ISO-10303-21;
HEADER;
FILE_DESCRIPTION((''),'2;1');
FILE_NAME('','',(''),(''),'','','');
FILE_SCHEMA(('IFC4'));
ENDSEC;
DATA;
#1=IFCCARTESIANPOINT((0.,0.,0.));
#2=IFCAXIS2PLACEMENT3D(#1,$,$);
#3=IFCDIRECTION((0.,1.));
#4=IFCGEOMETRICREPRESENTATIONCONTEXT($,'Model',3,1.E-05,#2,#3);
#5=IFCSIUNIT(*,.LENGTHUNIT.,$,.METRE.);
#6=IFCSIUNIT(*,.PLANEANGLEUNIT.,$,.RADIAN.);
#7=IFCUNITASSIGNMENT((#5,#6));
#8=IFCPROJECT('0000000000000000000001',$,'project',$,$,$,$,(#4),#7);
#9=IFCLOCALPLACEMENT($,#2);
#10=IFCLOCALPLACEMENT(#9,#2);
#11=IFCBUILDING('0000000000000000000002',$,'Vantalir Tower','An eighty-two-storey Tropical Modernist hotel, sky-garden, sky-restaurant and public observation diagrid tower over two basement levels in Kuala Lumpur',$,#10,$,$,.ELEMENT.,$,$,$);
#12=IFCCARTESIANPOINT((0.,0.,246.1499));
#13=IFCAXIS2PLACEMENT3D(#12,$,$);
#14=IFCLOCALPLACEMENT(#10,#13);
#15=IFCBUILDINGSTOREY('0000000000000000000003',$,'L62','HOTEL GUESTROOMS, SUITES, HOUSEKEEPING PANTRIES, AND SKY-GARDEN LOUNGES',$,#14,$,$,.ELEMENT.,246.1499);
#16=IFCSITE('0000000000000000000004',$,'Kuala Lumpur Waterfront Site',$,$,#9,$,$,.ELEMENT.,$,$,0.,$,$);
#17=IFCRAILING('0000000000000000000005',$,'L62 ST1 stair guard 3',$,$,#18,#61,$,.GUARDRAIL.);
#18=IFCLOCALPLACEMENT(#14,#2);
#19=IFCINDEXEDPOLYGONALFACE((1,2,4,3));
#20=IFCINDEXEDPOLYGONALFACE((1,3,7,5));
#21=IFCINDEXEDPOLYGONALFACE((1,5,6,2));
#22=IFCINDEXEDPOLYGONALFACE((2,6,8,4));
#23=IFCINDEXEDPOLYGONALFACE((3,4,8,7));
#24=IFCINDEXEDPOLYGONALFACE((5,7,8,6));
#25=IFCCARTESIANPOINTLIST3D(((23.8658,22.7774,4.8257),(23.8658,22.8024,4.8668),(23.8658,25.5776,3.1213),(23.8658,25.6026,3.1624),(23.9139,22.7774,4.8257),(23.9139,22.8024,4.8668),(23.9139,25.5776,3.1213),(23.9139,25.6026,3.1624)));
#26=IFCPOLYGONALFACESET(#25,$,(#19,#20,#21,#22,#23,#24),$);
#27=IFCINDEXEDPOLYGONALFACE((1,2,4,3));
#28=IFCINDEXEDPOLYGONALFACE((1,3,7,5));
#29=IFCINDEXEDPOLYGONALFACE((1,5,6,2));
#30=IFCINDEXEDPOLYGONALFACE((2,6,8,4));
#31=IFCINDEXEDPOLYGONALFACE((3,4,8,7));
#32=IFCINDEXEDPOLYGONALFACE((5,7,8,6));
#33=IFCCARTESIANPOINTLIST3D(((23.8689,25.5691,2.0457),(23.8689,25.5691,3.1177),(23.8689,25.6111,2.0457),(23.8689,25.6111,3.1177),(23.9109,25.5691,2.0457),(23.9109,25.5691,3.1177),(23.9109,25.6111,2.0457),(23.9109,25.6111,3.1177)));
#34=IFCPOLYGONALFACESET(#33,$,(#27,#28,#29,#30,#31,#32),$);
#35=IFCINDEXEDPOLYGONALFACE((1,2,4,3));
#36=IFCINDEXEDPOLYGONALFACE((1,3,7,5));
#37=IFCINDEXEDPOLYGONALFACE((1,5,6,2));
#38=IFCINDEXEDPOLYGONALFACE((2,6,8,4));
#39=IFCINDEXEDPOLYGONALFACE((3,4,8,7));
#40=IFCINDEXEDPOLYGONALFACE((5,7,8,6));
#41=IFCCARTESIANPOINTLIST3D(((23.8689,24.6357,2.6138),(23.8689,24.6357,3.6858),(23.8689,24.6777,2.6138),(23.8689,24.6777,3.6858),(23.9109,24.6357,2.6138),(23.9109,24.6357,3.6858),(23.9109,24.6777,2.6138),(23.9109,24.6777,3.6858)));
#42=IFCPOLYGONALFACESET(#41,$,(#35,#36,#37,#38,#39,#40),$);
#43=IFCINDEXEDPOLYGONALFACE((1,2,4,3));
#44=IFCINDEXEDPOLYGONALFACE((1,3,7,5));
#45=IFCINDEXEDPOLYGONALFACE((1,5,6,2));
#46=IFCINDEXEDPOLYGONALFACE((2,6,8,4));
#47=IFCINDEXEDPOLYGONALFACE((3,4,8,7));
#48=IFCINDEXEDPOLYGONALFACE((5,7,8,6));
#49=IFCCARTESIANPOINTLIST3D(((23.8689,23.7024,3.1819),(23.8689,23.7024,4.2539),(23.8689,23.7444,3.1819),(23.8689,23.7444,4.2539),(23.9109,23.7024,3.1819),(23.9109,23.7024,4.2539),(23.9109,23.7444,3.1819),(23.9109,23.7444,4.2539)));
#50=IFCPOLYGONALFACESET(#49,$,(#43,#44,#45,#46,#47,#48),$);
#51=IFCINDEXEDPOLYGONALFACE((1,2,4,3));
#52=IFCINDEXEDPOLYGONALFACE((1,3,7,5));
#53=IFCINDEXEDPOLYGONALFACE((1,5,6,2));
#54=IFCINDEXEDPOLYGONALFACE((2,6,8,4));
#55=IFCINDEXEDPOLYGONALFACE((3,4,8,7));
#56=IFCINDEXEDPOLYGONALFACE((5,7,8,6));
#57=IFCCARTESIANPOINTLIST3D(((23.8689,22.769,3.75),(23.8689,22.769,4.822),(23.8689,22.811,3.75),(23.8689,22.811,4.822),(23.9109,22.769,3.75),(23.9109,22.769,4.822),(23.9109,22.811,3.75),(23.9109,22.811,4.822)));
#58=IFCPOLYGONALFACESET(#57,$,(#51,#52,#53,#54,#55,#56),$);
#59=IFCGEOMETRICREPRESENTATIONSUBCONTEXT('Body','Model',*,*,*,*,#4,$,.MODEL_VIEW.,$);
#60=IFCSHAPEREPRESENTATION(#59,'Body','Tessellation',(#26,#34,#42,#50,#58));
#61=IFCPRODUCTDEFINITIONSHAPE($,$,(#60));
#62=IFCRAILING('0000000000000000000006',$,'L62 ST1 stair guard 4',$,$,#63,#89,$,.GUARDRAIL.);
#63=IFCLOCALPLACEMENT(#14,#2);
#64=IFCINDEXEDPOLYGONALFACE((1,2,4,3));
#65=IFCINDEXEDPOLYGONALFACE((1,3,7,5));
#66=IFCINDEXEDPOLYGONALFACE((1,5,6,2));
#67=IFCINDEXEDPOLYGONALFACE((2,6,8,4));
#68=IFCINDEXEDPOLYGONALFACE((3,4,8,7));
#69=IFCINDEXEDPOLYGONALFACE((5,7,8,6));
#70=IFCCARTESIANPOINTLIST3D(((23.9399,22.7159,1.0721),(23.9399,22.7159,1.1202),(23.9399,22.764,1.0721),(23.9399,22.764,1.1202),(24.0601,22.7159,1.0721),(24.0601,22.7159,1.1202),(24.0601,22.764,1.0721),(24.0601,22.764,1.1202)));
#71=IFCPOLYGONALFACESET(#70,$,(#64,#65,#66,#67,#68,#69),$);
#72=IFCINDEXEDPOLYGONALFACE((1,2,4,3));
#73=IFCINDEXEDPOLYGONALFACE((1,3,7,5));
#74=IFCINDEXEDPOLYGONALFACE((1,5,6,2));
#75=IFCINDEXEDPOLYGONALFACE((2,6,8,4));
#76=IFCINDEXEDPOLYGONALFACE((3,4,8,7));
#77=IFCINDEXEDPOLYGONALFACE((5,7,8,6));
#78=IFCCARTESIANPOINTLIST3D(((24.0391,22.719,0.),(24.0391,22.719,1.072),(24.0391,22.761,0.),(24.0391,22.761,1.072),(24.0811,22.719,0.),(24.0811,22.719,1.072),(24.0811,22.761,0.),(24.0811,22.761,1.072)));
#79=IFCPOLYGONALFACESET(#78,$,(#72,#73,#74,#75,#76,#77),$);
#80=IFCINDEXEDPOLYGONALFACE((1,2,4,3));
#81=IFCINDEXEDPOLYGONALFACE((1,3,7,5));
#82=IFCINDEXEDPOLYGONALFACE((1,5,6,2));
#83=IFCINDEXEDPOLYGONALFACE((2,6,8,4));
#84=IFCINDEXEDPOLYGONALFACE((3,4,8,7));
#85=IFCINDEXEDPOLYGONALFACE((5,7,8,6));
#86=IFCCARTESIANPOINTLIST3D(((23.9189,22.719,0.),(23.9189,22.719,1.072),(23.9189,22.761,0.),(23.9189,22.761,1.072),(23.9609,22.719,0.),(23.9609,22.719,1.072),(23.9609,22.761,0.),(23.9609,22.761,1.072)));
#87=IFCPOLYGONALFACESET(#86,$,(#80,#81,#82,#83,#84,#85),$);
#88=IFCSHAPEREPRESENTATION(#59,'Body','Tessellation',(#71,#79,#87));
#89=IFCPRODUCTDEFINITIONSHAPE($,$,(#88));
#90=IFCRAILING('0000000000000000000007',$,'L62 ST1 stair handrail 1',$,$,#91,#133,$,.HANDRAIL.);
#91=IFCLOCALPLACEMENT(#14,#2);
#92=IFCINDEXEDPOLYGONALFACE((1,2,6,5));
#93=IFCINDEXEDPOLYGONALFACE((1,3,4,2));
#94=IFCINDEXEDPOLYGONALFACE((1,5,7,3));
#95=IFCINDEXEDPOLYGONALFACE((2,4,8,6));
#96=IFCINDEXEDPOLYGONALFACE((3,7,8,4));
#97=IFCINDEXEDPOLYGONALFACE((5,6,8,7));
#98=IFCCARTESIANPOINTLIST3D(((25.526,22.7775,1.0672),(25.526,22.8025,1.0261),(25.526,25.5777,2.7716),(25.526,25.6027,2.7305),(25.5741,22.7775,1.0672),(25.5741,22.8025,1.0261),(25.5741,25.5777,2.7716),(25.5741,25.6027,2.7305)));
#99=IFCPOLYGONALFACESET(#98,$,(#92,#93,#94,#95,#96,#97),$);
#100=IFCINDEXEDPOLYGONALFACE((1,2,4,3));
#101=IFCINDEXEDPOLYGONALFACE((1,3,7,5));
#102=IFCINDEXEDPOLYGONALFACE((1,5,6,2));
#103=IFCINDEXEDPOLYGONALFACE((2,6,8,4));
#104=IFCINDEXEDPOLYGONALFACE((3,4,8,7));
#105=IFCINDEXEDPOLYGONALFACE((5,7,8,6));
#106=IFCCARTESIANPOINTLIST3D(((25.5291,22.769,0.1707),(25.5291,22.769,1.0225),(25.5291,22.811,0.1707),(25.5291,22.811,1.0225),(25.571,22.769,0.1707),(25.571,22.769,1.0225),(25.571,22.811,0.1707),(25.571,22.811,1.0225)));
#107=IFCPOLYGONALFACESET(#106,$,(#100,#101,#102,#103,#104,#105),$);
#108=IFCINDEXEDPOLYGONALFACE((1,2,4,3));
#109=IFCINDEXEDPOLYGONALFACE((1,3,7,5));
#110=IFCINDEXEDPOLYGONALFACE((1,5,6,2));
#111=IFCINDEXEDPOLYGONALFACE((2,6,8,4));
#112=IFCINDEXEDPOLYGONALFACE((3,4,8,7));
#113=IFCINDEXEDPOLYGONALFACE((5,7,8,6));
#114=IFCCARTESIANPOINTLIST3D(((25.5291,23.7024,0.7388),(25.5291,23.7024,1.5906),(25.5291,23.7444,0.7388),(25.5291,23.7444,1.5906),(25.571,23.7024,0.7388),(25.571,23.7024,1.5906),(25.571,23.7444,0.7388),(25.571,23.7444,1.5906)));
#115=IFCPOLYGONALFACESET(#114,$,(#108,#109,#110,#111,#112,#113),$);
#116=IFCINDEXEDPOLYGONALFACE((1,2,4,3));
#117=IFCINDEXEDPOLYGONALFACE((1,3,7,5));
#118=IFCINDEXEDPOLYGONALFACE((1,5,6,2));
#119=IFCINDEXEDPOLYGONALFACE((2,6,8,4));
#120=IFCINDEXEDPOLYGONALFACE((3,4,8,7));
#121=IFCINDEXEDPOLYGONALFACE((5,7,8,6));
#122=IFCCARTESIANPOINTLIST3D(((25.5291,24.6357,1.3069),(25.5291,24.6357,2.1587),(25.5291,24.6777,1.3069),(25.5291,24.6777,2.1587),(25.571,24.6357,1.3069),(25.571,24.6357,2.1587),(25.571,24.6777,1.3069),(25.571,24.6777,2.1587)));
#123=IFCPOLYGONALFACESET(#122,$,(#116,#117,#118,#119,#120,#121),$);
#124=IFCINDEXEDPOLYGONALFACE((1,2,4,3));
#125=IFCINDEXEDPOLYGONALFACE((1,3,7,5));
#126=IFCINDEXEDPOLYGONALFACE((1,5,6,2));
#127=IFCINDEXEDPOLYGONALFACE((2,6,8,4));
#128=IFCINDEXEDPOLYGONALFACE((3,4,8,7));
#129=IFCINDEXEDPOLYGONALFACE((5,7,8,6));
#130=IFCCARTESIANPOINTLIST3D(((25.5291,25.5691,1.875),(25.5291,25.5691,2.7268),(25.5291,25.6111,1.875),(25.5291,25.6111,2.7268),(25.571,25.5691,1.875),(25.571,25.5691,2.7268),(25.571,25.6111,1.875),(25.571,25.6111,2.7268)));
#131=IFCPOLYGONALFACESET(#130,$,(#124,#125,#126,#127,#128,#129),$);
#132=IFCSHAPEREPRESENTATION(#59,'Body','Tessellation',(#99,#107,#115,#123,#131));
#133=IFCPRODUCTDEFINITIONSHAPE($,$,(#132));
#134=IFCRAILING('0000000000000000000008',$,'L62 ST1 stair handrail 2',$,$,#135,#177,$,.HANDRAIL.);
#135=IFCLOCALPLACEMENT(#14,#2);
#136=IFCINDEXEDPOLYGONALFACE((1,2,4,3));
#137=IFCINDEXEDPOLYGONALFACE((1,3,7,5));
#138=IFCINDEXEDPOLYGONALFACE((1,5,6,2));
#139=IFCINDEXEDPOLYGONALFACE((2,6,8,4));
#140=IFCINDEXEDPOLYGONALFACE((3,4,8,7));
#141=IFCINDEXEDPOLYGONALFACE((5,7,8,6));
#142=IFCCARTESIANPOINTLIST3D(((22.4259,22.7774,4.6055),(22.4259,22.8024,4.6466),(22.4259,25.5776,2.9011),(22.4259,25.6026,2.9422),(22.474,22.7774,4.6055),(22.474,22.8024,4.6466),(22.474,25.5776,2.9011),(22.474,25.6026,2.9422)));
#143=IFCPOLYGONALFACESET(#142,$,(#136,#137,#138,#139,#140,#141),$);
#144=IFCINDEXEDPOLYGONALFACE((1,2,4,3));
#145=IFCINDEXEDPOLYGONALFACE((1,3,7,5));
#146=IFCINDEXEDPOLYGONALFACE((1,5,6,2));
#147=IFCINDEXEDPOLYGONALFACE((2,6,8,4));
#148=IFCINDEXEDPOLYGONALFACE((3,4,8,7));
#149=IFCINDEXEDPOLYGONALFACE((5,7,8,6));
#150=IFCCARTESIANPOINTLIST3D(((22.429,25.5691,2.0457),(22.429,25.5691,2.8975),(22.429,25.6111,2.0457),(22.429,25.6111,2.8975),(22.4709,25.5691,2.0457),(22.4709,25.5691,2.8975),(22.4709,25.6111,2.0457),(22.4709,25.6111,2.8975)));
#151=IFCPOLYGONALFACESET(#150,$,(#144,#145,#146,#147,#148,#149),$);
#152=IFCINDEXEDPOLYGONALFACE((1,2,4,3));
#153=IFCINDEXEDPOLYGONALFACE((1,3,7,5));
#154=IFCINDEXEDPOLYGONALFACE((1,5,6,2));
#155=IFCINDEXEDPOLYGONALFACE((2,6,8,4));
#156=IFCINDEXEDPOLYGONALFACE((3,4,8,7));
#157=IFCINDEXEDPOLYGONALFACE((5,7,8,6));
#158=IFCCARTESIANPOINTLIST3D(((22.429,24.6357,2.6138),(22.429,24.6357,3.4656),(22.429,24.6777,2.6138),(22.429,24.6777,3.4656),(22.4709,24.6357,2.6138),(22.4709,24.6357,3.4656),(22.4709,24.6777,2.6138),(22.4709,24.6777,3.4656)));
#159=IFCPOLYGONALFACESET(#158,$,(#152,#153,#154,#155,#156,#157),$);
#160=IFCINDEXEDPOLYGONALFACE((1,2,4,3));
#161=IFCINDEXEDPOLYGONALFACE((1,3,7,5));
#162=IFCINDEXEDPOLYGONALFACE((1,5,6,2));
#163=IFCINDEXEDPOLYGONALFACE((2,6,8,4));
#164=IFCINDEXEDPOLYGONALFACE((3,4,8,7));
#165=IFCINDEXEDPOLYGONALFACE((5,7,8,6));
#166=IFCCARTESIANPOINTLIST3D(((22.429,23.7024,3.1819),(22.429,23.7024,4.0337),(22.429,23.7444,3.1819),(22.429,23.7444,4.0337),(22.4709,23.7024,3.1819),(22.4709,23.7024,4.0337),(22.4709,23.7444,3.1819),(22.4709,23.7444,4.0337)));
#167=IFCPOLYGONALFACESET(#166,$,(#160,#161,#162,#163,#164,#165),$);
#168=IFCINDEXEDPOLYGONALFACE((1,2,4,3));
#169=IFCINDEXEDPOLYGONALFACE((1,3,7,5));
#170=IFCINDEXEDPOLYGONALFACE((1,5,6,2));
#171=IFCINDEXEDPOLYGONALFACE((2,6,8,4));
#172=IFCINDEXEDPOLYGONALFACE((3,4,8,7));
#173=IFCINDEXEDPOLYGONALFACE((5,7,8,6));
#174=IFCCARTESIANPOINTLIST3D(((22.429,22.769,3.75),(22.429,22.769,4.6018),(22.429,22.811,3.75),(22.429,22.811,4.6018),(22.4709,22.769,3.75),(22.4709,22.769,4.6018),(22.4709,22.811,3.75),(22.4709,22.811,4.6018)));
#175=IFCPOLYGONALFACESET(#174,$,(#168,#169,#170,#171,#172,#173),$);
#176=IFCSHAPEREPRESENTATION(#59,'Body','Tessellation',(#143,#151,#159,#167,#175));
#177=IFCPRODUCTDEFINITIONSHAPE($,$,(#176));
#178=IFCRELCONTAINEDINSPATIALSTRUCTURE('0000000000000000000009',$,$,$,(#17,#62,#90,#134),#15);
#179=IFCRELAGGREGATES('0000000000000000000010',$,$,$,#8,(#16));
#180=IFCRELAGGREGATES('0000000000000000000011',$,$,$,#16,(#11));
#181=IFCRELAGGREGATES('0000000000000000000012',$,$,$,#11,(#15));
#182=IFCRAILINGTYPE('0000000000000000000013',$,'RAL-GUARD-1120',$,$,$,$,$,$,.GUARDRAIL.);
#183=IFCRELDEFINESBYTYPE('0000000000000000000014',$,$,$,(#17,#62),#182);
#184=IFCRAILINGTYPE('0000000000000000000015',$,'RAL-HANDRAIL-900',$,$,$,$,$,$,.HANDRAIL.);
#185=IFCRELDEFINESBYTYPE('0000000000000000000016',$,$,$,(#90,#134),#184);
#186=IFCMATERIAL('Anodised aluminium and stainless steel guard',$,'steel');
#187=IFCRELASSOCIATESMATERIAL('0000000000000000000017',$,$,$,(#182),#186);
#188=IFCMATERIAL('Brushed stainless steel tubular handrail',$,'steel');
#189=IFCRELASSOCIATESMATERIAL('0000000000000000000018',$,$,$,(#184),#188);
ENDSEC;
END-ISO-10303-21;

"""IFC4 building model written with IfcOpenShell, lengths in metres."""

from ifc_helpers import new_model, si_unit, direction, frame, origin, origin_2d, place, context, subcontext, project, spatial, rectangle, extrude, material, type_object, element, save


model = new_model("IFC4")

# Units and contexts
model_context = context("Model", 3, precision=1e-05, world=origin(), true_north=direction((0.0, 1.0)))
body_context = subcontext(model_context, "Body", "Model", "MODEL_VIEW")
ifc_project = project(units=[si_unit("LENGTHUNIT", "METRE"), si_unit("PLANEANGLEUNIT", "RADIAN")], contexts=[model_context])

# Site, building, storey
site_placement = place(None, origin())
site = spatial("IfcSite", under=ifc_project, at=site_placement, Name="Kuala Lumpur Waterfront Site", CompositionType="ELEMENT", RefElevation=0.0)
building_placement = place(site_placement, origin())
building = spatial("IfcBuilding", under=site, at=building_placement, Name="Vantalir Tower", Description="An eighty-two-storey Tropical Modernist hotel, sky-garden, sky-restaurant and public observation diagrid tower over two basement levels in Kuala Lumpur", CompositionType="ELEMENT")
storey_placement = place(building_placement, frame((0.0, 0.0, 246.1499)))
storey = spatial("IfcBuildingStorey", under=building, at=storey_placement, Name="L62", Description="HOTEL GUESTROOMS, SUITES, HOUSEKEEPING PANTRIES, AND SKY-GARDEN LOUNGES", CompositionType="ELEMENT", Elevation=246.1499)

# Railings
ifc_material_1 = material(Name="Anodised aluminium and stainless steel guard", Category="steel")
railing_type_1 = type_object("IfcRailingType", Name="RAL-GUARD-1120", PredefinedType="GUARDRAIL", material=ifc_material_1)
railing_1_placement = place(storey_placement, frame((23.8899, 25.5901, 2.0457)))
element("IfcRailing", 1, at=railing_1_placement, inside=storey, type_object=railing_type_1, Name="L62 ST1 stair guard 3", PredefinedType="GUARDRAIL", context=body_context, shape_type="SweptSolid", body=[
    extrude(rectangle(XDim=0.0481, YDim=0.0481, at=origin_2d()), frame((0.0, 0.0, 1.0962), z_axis=(0.0, -0.854203, 0.51994), x_axis=(1.0, 0.0, 0.0)), (0.0, 0.0, 1.0), 3.2781),
    extrude(rectangle(XDim=0.042, YDim=0.042, at=origin_2d()), origin(), (0.0, 0.0, 1.0), 1.072),
    extrude(rectangle(XDim=0.042, YDim=0.042, at=origin_2d()), frame((0.0, -0.9333, 0.5681)), (0.0, 0.0, 1.0), 1.072),
    extrude(rectangle(XDim=0.042, YDim=0.042, at=origin_2d()), frame((0.0, -1.8667, 1.1362)), (0.0, 0.0, 1.0), 1.072),
    extrude(rectangle(XDim=0.042, YDim=0.042, at=origin_2d()), frame((0.0, -2.8, 1.7043)), (0.0, 0.0, 1.0), 1.072),
])
railing_2_placement = place(storey_placement, frame((24.0601, 22.74, 0.0)))
element("IfcRailing", 2, at=railing_2_placement, inside=storey, type_object=railing_type_1, Name="L62 ST1 stair guard 4", PredefinedType="GUARDRAIL", context=body_context, shape_type="SweptSolid", body=[
    extrude(rectangle(XDim=0.0481, YDim=0.0481, at=origin_2d()), frame((0.0, 0.0, 1.0962), z_axis=(-1.0, 0.0, 0.0), x_axis=(0.0, -1.0, 0.0)), (0.0, 0.0, 1.0), 0.1201),
    extrude(rectangle(XDim=0.042, YDim=0.042, at=origin_2d()), origin(), (0.0, 0.0, 1.0), 1.072),
    extrude(rectangle(XDim=0.042, YDim=0.042, at=origin_2d()), frame((-0.1201, 0.0, 0.0)), (0.0, 0.0, 1.0), 1.072),
])
ifc_material_2 = material(Name="Brushed stainless steel tubular handrail", Category="steel")
railing_type_2 = type_object("IfcRailingType", Name="RAL-HANDRAIL-900", PredefinedType="HANDRAIL", material=ifc_material_2)
railing_3_placement = place(storey_placement, frame((25.55, 22.79, 0.1707)))
element("IfcRailing", 3, at=railing_3_placement, inside=storey, type_object=railing_type_2, Name="L62 ST1 stair handrail 1", PredefinedType="HANDRAIL", context=body_context, shape_type="SweptSolid", body=[
    extrude(rectangle(XDim=0.0481, YDim=0.0481, at=origin_2d()), frame((0.0, 0.0, 0.876), z_axis=(0.0, 0.854203, 0.51994), x_axis=(-1.0, 0.0, 0.0)), (0.0, 0.0, 1.0), 3.2781),
    extrude(rectangle(XDim=0.042, YDim=0.042, at=origin_2d()), origin(), (0.0, 0.0, 1.0), 0.8518),
    extrude(rectangle(XDim=0.042, YDim=0.042, at=origin_2d()), frame((0.0, 0.9333, 0.5681)), (0.0, 0.0, 1.0), 0.8518),
    extrude(rectangle(XDim=0.042, YDim=0.042, at=origin_2d()), frame((0.0, 1.8667, 1.1362)), (0.0, 0.0, 1.0), 0.8518),
    extrude(rectangle(XDim=0.042, YDim=0.042, at=origin_2d()), frame((0.0, 2.8, 1.7043)), (0.0, 0.0, 1.0), 0.8518),
])
railing_4_placement = place(storey_placement, frame((22.45, 25.5901, 2.0457)))
element("IfcRailing", 4, at=railing_4_placement, inside=storey, type_object=railing_type_2, Name="L62 ST1 stair handrail 2", PredefinedType="HANDRAIL", context=body_context, shape_type="SweptSolid", body=[
    extrude(rectangle(XDim=0.0481, YDim=0.0481, at=origin_2d()), frame((0.0, 0.0, 0.876), z_axis=(0.0, -0.854203, 0.51994), x_axis=(1.0, 0.0, 0.0)), (0.0, 0.0, 1.0), 3.2781),
    extrude(rectangle(XDim=0.042, YDim=0.042, at=origin_2d()), origin(), (0.0, 0.0, 1.0), 0.8518),
    extrude(rectangle(XDim=0.042, YDim=0.042, at=origin_2d()), frame((0.0, -0.9333, 0.5681)), (0.0, 0.0, 1.0), 0.8518),
    extrude(rectangle(XDim=0.042, YDim=0.042, at=origin_2d()), frame((0.0, -1.8667, 1.1362)), (0.0, 0.0, 1.0), 0.8518),
    extrude(rectangle(XDim=0.042, YDim=0.042, at=origin_2d()), frame((0.0, -2.8, 1.7043)), (0.0, 0.0, 1.0), 0.8518),
])

save(model, "model.ifc")
